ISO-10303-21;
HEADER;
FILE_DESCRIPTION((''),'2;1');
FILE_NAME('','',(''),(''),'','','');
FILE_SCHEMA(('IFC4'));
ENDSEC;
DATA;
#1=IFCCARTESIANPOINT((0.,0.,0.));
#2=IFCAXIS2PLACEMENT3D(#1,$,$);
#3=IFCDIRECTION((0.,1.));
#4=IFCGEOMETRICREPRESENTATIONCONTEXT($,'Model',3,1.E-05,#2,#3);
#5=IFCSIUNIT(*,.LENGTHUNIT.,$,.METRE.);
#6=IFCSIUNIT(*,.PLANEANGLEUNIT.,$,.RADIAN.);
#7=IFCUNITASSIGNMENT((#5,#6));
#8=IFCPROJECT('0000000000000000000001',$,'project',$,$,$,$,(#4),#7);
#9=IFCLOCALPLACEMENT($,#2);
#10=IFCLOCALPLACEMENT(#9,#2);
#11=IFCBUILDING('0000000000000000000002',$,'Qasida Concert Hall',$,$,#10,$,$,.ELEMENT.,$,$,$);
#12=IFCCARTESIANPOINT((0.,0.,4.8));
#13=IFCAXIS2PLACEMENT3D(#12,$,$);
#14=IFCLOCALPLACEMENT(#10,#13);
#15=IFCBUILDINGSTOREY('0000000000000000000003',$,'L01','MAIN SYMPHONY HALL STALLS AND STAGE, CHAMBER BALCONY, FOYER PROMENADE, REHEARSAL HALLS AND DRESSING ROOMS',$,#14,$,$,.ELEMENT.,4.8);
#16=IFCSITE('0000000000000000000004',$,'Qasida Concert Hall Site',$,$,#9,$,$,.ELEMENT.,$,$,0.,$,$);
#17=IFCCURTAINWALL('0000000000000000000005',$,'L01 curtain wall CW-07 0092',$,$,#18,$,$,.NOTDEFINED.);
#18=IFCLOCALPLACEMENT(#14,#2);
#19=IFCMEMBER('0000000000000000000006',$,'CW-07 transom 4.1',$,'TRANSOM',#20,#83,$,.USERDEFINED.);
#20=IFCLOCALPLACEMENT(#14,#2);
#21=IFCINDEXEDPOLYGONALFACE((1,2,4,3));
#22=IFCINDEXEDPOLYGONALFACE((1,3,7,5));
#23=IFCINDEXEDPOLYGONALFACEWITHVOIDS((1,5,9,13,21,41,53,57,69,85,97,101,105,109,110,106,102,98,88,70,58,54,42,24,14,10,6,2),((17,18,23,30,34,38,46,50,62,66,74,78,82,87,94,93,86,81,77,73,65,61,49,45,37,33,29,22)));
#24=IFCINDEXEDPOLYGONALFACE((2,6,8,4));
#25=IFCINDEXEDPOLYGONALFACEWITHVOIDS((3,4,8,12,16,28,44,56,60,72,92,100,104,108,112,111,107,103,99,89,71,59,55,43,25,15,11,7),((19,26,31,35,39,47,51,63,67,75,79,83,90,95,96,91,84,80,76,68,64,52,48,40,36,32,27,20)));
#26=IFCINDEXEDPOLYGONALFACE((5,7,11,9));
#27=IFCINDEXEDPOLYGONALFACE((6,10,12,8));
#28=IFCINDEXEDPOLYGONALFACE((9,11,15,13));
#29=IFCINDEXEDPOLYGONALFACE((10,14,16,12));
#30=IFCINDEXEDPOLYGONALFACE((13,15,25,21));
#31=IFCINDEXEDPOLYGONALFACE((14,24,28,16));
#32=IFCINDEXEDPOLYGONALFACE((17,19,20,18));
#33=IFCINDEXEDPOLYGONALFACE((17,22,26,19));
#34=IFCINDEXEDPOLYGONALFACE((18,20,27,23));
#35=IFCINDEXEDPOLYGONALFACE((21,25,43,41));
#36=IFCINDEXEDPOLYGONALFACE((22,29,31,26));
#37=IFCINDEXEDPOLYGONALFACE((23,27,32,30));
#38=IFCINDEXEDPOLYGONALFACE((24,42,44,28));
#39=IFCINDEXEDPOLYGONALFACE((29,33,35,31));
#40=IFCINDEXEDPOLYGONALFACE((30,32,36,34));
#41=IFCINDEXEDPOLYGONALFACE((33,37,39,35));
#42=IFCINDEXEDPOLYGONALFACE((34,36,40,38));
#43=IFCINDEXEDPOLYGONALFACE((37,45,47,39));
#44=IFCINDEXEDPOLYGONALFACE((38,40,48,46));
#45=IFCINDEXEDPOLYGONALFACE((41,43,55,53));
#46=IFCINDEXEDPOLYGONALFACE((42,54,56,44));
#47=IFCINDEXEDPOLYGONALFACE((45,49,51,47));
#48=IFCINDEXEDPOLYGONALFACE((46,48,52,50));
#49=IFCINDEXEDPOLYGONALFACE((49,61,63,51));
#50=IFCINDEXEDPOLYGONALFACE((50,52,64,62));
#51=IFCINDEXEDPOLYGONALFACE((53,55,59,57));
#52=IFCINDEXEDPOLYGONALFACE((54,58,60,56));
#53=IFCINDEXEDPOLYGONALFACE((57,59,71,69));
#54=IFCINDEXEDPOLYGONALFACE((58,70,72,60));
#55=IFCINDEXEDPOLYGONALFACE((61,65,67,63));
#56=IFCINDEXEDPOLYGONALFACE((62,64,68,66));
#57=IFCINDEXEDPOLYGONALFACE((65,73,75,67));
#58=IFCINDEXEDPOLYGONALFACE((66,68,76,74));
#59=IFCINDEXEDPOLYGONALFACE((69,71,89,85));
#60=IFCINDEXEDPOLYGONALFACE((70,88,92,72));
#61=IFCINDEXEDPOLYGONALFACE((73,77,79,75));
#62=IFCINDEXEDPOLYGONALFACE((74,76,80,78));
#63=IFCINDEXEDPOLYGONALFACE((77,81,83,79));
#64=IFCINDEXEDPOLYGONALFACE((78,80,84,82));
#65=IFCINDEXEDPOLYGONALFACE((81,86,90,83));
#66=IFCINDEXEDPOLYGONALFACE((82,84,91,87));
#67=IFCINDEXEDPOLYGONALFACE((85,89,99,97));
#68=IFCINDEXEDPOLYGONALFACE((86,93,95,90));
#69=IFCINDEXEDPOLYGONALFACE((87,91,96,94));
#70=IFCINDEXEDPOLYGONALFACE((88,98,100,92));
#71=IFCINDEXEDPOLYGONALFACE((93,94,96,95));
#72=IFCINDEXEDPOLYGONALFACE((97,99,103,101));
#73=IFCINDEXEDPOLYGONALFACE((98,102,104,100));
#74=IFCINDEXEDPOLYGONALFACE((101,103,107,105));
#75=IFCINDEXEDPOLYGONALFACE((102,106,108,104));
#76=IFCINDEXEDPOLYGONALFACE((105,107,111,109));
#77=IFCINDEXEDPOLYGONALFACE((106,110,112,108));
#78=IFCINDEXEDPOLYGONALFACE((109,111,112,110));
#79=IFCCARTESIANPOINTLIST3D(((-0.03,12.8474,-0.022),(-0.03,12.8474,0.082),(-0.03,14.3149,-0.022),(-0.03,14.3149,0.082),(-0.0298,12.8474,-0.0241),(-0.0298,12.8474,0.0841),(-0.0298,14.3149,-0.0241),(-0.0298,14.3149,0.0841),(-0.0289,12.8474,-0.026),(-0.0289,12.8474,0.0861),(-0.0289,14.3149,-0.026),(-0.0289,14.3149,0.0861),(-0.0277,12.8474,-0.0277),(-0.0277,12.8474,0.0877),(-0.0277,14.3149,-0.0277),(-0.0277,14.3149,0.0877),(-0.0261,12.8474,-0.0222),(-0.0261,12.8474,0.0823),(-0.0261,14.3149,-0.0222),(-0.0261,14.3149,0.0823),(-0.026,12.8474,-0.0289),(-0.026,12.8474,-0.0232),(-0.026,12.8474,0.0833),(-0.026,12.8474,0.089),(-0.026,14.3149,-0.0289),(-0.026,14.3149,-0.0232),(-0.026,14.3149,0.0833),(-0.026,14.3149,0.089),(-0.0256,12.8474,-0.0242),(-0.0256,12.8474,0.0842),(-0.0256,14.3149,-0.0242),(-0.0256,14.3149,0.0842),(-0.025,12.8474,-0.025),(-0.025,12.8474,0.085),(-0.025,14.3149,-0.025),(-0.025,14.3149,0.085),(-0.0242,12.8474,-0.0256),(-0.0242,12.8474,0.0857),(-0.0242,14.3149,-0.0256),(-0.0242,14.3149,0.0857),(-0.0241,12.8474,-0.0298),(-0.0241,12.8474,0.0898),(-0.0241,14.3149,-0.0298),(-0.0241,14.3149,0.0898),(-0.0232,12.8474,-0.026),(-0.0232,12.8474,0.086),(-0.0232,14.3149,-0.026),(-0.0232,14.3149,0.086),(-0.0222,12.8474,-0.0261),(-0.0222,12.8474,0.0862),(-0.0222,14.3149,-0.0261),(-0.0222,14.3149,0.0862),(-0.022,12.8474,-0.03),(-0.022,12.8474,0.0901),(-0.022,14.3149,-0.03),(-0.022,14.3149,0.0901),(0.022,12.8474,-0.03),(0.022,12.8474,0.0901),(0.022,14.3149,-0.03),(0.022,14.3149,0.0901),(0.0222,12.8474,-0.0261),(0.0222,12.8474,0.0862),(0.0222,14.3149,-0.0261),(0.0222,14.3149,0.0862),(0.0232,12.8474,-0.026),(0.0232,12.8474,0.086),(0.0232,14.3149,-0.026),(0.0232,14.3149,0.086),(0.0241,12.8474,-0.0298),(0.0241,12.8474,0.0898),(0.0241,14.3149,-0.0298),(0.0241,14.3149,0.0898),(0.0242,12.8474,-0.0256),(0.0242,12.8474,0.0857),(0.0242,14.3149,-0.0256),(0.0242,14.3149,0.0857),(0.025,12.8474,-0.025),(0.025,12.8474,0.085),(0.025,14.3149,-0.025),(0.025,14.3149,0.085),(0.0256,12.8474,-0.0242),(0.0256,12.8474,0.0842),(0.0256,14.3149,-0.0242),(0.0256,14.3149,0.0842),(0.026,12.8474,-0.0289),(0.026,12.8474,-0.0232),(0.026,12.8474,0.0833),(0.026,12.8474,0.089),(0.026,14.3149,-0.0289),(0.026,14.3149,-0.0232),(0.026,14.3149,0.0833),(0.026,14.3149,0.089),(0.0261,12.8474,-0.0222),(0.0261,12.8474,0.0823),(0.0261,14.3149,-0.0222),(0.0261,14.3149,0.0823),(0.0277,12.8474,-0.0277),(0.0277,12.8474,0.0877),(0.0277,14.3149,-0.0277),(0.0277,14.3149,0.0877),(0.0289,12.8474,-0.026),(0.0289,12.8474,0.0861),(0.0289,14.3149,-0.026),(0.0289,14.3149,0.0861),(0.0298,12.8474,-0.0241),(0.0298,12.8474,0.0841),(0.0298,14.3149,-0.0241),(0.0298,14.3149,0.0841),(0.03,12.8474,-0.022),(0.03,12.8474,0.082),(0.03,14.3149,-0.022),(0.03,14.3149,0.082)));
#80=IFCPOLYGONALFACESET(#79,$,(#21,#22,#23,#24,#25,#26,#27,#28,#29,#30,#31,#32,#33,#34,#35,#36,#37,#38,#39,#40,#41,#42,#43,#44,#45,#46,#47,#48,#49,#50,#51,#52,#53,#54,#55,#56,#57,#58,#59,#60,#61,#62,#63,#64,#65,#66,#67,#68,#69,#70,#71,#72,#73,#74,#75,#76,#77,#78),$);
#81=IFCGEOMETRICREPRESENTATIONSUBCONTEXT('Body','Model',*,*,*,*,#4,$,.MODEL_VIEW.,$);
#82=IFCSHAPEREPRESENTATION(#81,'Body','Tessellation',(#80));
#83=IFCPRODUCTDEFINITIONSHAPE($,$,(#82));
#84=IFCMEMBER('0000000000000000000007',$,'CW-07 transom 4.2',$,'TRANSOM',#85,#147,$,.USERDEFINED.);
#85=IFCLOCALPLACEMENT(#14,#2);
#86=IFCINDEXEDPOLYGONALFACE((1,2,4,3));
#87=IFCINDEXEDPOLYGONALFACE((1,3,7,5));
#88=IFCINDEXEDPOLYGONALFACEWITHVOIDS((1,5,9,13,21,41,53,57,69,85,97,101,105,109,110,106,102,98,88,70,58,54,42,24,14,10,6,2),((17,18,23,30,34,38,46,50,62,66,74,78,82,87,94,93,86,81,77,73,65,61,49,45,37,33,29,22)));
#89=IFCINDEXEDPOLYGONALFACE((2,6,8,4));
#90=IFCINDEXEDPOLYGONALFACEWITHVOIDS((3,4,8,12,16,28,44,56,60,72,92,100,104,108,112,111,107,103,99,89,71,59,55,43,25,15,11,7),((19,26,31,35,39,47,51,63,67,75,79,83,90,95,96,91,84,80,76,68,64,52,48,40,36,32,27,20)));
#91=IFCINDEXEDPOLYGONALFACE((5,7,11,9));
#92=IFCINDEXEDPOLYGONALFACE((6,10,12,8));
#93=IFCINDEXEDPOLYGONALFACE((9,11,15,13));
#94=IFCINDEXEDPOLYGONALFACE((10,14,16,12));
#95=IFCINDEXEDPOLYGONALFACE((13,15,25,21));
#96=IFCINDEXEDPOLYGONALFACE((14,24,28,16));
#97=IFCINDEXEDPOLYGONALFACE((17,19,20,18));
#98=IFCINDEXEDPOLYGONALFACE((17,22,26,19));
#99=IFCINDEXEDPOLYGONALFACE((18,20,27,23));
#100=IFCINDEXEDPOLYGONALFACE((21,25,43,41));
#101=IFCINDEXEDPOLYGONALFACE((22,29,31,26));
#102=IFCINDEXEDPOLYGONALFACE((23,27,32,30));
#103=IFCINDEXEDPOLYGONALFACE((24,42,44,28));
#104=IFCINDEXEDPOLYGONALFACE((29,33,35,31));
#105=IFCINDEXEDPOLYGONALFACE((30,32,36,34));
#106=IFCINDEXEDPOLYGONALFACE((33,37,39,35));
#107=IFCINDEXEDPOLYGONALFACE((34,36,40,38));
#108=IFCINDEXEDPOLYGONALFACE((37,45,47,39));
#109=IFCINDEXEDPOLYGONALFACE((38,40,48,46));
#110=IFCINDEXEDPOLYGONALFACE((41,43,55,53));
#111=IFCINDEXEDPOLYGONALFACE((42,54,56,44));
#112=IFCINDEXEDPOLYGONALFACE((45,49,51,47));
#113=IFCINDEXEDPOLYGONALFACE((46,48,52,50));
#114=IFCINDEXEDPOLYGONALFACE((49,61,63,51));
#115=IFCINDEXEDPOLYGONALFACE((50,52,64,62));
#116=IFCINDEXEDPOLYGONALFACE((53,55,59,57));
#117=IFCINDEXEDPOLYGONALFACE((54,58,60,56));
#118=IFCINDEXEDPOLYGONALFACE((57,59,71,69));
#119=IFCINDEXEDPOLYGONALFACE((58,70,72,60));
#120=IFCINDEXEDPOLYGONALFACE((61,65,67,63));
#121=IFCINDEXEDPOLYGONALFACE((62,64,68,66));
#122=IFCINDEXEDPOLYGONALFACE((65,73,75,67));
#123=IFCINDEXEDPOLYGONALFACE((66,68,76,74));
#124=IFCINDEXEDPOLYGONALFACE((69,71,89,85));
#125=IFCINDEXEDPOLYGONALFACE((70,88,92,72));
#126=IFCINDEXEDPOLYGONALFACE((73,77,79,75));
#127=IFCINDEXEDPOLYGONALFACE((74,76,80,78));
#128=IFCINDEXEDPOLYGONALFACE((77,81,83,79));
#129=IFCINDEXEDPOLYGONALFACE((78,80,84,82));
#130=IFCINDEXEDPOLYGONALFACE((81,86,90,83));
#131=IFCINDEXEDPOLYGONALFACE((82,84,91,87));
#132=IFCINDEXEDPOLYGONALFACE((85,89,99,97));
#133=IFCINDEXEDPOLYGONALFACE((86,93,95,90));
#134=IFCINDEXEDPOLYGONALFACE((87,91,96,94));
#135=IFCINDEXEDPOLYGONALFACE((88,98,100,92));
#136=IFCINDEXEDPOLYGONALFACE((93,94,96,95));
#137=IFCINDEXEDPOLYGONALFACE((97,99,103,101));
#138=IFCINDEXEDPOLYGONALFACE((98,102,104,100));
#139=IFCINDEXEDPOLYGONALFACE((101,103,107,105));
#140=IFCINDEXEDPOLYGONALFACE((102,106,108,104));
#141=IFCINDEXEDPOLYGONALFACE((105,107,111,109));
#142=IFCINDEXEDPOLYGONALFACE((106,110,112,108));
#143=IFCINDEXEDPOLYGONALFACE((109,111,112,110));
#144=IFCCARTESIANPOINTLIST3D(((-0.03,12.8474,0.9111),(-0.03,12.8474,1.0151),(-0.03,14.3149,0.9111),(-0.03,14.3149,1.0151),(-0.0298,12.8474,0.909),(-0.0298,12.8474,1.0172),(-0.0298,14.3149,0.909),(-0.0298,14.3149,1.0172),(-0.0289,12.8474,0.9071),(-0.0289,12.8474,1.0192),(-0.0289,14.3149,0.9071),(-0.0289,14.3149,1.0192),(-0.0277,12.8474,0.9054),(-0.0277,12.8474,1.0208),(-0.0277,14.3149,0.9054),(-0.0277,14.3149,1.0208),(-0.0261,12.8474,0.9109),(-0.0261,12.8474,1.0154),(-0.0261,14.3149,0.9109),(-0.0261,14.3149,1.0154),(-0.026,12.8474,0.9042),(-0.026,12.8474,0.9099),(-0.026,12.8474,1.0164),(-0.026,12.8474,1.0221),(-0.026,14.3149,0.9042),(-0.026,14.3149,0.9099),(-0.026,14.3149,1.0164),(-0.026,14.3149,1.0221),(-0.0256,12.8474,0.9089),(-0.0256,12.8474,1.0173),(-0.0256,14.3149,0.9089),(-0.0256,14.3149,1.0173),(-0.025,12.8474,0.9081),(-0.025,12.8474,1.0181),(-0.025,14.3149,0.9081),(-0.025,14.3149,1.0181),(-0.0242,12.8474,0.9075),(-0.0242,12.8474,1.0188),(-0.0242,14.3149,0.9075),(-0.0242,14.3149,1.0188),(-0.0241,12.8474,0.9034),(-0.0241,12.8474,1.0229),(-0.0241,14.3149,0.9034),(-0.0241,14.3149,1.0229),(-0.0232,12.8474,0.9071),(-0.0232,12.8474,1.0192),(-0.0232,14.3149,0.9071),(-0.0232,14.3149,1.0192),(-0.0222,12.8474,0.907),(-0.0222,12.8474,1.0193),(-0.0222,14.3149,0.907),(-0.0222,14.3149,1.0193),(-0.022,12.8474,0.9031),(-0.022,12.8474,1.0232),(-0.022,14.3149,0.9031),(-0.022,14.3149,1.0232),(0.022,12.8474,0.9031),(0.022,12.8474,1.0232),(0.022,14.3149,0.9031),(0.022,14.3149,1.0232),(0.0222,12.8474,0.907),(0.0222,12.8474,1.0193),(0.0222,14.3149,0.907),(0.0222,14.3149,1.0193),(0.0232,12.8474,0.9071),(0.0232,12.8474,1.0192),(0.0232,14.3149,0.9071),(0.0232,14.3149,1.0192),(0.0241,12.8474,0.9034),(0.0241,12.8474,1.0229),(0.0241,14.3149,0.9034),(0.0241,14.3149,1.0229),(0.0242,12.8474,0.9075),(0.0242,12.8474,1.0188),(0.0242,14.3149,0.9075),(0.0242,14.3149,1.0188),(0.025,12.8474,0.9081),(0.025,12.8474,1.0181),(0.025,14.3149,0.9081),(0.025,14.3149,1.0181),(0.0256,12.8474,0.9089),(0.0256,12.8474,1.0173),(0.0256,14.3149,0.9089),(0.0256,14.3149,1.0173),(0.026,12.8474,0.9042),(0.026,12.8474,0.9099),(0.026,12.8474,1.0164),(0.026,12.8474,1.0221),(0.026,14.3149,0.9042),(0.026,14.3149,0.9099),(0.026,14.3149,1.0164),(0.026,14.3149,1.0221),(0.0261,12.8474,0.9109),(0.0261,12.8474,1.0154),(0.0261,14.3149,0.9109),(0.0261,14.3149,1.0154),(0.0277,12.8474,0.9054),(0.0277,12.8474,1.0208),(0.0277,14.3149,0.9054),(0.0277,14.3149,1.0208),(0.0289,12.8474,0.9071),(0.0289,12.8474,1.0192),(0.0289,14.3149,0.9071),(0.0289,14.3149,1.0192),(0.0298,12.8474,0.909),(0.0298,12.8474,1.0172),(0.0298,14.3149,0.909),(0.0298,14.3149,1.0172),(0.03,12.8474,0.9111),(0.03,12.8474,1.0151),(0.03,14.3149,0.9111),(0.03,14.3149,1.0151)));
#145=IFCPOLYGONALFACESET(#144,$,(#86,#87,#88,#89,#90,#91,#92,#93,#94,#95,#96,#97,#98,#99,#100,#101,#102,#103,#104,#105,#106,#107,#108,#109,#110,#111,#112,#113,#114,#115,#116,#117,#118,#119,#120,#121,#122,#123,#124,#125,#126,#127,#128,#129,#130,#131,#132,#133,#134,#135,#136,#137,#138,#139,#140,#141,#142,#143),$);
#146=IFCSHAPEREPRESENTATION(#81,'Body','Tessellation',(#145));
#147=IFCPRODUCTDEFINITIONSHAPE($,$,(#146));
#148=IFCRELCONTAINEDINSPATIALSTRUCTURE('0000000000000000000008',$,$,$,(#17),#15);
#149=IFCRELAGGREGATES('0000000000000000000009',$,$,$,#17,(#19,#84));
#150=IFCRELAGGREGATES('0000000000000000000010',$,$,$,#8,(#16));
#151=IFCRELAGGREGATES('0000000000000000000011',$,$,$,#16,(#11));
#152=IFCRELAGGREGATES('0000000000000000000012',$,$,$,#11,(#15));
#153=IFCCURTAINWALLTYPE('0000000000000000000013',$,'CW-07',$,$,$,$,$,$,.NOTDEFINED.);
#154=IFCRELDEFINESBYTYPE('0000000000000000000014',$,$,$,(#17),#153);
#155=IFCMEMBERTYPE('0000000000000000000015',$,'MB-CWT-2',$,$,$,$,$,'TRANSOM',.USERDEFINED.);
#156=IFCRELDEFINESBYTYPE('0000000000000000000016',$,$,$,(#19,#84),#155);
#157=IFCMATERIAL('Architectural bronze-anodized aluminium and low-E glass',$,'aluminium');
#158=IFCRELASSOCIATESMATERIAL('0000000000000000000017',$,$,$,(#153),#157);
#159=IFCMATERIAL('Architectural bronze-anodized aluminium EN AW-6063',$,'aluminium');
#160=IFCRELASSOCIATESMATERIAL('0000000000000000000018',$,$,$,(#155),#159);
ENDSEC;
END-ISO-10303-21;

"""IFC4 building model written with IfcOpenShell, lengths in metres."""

from ifc_helpers import new_model, si_unit, direction, frame, origin, origin_2d, place, context, subcontext, project, spatial, hollow_rectangle, extrude, material, material_profile, profile_set, type_object, element, aggregate, save


model = new_model("IFC4")

# Units and contexts
model_context = context("Model", 3, precision=1e-05, world=origin(), true_north=direction((0.0, 1.0)))
body_context = subcontext(model_context, "Body", "Model", "MODEL_VIEW")
ifc_project = project(units=[si_unit("LENGTHUNIT", "METRE"), si_unit("PLANEANGLEUNIT", "RADIAN")], contexts=[model_context])

# Site, building, storey
site_placement = place(None, origin())
site = spatial("IfcSite", under=ifc_project, at=site_placement, Name="Qasida Concert Hall Site", CompositionType="ELEMENT", RefElevation=0.0)
building_placement = place(site_placement, origin())
building = spatial("IfcBuilding", under=site, at=building_placement, Name="Qasida Concert Hall", CompositionType="ELEMENT")
storey_placement = place(building_placement, frame((0.0, 0.0, 4.8)))
storey = spatial("IfcBuildingStorey", under=building, at=storey_placement, Name="L01", Description="MAIN SYMPHONY HALL STALLS AND STAGE, CHAMBER BALCONY, FOYER PROMENADE, REHEARSAL HALLS AND DRESSING ROOMS", CompositionType="ELEMENT", Elevation=4.8)

# Curtain wall, members
ifc_material_1 = material(Name="Architectural bronze-anodized aluminium and low-E glass", Category="aluminium")
curtain_wall_type = type_object("IfcCurtainWallType", Name="CW-07", PredefinedType="NOTDEFINED", material=ifc_material_1)
curtain_wall_placement = place(storey_placement, origin())
curtain_wall = element("IfcCurtainWall", 1, at=curtain_wall_placement, inside=storey, type_object=curtain_wall_type, Name="L01 curtain wall CW-07 0092", PredefinedType="NOTDEFINED")
ifc_material_2 = material(Name="Architectural bronze-anodized aluminium EN AW-6063", Category="aluminium")
ifc_material_profile_1 = material_profile(ifc_material_2, hollow_rectangle(XDim=0.0601, YDim=0.1201, WallThickness=0.0039, InnerFilletRadius=0.0039, OuterFilletRadius=0.0081, at=origin_2d()), Name="CWT 120x60x4")
ifc_profile_set_1 = profile_set([ifc_material_profile_1], Name="Architectural bronze-anodized aluminium EN AW-6063")
member_type_1 = type_object("IfcMemberType", Name="MB-CWT-2", ElementType="TRANSOM", PredefinedType="USERDEFINED", material=ifc_profile_set_1)
member_1_placement = place(storey_placement, frame((0.0, 12.8474, 0.03), z_axis=(0.0, 1.0, 0.0), x_axis=(-1.0, 0.0, 0.0)))
member_1 = element("IfcMember", 2, at=member_1_placement, type_object=member_type_1, Name="CW-07 transom 4.1", ObjectType="TRANSOM", PredefinedType="USERDEFINED", context=body_context, shape_type="SweptSolid", body=[
    extrude(hollow_rectangle(XDim=0.0601, YDim=0.1201, WallThickness=0.0039, InnerFilletRadius=0.0039, OuterFilletRadius=0.0081, at=origin_2d()), origin(), (0.0, 0.0, 1.0), 1.4675),
])
member_2_placement = place(storey_placement, frame((0.0, 12.8474, 0.9631), z_axis=(0.0, 1.0, 0.0), x_axis=(-1.0, 0.0, 0.0)))
member_2 = element("IfcMember", 3, at=member_2_placement, type_object=member_type_1, Name="CW-07 transom 4.2", ObjectType="TRANSOM", PredefinedType="USERDEFINED", context=body_context, shape_type="SweptSolid", body=[
    extrude(hollow_rectangle(XDim=0.0601, YDim=0.1201, WallThickness=0.0039, InnerFilletRadius=0.0039, OuterFilletRadius=0.0081, at=origin_2d()), origin(), (0.0, 0.0, 1.0), 1.4675),
])
aggregate(curtain_wall, [member_1, member_2])

save(model, "model.ifc")
